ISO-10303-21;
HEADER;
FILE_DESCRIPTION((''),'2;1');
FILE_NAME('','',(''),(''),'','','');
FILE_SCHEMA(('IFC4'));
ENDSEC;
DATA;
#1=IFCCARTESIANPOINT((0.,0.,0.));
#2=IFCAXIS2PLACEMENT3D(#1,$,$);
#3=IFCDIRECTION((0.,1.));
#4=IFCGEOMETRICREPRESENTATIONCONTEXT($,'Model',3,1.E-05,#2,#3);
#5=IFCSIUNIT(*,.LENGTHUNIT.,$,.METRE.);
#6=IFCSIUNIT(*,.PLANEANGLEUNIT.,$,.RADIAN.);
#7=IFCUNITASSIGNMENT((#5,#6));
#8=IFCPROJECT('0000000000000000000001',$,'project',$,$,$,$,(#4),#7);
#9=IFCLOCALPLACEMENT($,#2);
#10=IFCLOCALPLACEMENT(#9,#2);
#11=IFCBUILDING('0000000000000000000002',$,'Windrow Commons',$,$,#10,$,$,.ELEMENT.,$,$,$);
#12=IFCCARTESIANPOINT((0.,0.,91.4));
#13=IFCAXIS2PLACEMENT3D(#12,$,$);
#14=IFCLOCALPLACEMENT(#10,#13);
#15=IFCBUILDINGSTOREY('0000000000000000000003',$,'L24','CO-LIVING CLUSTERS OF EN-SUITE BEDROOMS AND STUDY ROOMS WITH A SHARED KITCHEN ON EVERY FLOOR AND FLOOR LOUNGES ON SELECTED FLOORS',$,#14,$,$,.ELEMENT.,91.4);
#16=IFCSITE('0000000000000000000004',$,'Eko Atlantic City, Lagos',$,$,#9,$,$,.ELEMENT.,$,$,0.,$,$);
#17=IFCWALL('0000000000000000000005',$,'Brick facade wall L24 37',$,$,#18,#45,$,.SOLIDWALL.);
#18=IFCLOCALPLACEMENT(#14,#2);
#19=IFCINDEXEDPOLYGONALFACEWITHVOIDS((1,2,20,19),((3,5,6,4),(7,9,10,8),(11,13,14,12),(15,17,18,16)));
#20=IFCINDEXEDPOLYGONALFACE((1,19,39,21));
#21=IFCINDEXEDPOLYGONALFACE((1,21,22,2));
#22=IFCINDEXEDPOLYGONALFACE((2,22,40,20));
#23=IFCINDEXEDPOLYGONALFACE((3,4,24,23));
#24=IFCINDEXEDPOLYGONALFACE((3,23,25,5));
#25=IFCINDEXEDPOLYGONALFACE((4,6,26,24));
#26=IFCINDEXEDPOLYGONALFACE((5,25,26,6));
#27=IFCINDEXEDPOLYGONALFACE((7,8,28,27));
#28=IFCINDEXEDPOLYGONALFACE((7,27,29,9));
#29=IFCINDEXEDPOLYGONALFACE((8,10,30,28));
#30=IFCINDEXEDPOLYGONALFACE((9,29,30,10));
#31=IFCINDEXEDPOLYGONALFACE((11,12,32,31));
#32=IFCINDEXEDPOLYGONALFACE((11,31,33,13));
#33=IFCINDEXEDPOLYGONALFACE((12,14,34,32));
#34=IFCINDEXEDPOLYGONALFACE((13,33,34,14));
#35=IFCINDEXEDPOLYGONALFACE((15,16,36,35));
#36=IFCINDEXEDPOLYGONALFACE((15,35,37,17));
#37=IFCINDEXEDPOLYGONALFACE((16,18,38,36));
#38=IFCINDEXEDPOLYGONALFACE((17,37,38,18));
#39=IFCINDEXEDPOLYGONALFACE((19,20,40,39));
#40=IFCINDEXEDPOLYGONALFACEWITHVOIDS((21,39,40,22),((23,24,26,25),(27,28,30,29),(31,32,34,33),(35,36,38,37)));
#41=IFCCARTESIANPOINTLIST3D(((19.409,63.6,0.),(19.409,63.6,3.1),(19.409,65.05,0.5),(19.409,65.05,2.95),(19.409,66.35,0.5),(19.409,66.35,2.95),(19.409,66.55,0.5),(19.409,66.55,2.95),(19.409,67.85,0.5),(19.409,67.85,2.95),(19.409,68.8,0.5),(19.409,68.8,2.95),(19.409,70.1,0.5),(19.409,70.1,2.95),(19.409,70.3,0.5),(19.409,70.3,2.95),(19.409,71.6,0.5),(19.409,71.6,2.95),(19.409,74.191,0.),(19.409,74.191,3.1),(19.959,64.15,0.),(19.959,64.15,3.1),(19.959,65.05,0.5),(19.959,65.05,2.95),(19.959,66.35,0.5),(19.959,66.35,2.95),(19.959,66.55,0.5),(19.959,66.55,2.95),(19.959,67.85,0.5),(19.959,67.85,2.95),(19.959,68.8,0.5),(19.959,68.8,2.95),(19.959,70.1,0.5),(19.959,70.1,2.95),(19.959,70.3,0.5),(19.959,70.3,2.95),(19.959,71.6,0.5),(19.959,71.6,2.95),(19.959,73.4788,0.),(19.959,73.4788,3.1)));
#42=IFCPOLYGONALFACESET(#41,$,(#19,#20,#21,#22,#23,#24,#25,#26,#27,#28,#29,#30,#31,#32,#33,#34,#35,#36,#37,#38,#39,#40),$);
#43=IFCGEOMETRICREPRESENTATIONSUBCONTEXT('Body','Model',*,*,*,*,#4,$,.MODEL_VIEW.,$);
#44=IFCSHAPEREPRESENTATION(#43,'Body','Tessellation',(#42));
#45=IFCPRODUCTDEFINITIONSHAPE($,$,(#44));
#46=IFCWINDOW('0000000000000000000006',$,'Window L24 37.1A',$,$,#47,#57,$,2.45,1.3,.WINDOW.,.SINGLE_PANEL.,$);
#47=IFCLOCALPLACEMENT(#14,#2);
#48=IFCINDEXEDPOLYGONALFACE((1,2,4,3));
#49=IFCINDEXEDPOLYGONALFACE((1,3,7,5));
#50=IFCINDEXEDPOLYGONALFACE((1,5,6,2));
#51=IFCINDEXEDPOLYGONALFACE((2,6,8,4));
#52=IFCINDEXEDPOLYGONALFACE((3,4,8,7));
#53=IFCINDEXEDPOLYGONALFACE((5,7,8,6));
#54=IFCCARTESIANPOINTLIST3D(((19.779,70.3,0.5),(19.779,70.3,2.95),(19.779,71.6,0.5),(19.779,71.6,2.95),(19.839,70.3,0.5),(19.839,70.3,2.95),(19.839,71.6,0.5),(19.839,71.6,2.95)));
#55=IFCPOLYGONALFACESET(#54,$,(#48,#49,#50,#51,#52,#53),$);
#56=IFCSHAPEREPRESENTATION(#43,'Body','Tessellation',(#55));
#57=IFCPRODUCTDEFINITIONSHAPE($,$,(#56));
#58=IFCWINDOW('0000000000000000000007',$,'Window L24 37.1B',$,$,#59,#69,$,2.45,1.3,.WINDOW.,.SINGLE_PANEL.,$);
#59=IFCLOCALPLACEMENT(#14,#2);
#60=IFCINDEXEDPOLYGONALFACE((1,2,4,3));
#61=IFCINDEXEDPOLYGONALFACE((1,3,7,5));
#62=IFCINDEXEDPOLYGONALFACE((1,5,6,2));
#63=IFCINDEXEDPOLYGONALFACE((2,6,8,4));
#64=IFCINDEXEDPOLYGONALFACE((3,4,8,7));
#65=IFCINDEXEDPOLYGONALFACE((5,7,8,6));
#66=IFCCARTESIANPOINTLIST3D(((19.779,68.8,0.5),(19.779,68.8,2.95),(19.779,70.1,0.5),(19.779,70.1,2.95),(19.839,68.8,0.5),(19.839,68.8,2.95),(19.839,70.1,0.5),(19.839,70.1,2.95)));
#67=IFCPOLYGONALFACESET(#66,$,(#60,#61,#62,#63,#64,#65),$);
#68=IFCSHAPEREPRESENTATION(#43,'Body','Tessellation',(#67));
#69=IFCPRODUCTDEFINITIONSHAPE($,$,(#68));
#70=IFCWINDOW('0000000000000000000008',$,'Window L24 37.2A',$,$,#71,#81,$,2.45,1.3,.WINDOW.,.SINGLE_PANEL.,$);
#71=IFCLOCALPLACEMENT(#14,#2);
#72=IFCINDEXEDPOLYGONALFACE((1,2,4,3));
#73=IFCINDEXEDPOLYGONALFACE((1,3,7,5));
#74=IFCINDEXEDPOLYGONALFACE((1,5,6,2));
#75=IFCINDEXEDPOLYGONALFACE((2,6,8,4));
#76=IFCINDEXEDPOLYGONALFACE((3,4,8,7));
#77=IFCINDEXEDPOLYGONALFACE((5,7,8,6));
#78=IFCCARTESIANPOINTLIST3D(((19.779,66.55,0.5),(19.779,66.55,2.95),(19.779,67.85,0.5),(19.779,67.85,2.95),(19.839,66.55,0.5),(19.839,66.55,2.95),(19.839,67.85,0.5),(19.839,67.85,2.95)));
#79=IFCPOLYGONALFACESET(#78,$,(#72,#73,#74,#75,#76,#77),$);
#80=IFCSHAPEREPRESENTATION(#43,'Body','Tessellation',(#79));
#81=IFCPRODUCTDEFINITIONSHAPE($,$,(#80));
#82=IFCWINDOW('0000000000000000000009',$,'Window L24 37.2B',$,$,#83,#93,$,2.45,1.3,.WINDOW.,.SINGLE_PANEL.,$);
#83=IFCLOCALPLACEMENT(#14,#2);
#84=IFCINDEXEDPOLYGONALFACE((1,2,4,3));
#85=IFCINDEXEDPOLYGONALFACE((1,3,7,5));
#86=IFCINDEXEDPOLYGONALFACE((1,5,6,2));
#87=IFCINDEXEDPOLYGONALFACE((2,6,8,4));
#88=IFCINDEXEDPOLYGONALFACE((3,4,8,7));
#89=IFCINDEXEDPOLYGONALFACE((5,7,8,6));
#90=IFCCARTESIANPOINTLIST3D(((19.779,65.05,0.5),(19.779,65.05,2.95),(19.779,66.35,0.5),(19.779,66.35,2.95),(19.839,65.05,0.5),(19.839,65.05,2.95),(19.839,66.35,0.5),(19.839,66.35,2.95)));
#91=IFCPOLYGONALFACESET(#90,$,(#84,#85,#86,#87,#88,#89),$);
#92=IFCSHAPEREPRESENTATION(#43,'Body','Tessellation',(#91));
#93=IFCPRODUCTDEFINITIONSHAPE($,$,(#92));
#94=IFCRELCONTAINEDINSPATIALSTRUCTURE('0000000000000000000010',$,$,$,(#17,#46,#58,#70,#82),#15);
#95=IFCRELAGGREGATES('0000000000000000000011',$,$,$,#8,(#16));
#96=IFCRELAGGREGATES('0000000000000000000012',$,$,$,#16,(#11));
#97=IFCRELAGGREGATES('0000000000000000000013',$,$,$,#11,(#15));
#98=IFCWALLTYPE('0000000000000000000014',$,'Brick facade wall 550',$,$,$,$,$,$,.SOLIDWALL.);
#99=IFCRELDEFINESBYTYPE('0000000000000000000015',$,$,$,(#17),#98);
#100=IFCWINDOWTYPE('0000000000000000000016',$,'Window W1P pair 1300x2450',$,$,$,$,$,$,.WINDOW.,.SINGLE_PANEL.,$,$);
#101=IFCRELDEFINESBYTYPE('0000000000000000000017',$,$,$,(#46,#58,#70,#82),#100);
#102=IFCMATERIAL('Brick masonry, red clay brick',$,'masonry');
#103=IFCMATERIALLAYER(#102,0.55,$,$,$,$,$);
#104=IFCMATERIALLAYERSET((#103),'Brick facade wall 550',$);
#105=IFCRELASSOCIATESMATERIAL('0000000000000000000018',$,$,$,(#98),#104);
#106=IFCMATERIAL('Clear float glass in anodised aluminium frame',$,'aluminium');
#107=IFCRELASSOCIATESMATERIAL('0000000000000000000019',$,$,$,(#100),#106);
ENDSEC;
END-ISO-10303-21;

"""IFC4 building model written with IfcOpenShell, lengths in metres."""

from ifc_helpers import new_model, si_unit, direction, frame, frame_2d, origin, place, context, subcontext, project, spatial, polyline, rectangle, outline, extrude, material, layer, layer_set, type_object, element, fill, save


model = new_model("IFC4")

# Units and contexts
model_context = context("Model", 3, precision=1e-05, world=origin(), true_north=direction((0.0, 1.0)))
body_context = subcontext(model_context, "Body", "Model", "MODEL_VIEW")
ifc_project = project(units=[si_unit("LENGTHUNIT", "METRE"), si_unit("PLANEANGLEUNIT", "RADIAN")], contexts=[model_context])

# Site, building, storey
site_placement = place(None, origin())
site = spatial("IfcSite", under=ifc_project, at=site_placement, Name="Eko Atlantic City, Lagos", CompositionType="ELEMENT", RefElevation=0.0)
building_placement = place(site_placement, origin())
building = spatial("IfcBuilding", under=site, at=building_placement, Name="Windrow Commons", CompositionType="ELEMENT")
storey_placement = place(building_placement, frame((0.0, 0.0, 91.4)))
storey = spatial("IfcBuildingStorey", under=building, at=storey_placement, Name="L24", Description="CO-LIVING CLUSTERS OF EN-SUITE BEDROOMS AND STUDY ROOMS WITH A SHARED KITCHEN ON EVERY FLOOR AND FLOOR LOUNGES ON SELECTED FLOORS", CompositionType="ELEMENT", Elevation=91.4)

# Wall, openings, windows
ifc_material_1 = material(Name="Brick masonry, red clay brick", Category="masonry")
ifc_layer_1 = layer(ifc_material_1, 0.55)
ifc_layer_set_1 = layer_set([ifc_layer_1], Name="Brick facade wall 550")
wall_type_1 = type_object("IfcWallType", Name="Brick facade wall 550", PredefinedType="SOLIDWALL", material=ifc_layer_set_1)
wall_1_placement = place(storey_placement, frame((19.684, 73.8349, 0.0), z_axis=(0.0, 0.0, 1.0), x_axis=(0.0, -1.0, 0.0)))
wall_1 = element("IfcWall", 1, at=wall_1_placement, inside=storey, type_object=wall_type_1, Name="Brick facade wall L24 37", PredefinedType="SOLIDWALL", context=body_context, shape_type="SweptSolid", body=[
    extrude(outline(polyline([(-0.3561, -0.275), (10.2349, -0.275), (9.6849, 0.275), (0.3561, 0.275), (-0.3561, -0.275)])), origin(), (0.0, 0.0, 1.0), 3.1),
])
opening_1_placement = place(wall_1_placement, frame((2.2349, 0.0, 0.5)))
opening_1 = element("IfcOpeningElement", 2, at=opening_1_placement, cuts=wall_1, PredefinedType="OPENING", context=body_context, shape_type="SweptSolid", body=[
    extrude(rectangle(XDim=1.3, YDim=2.45, at=frame_2d((0.65, 1.225))), frame((0.0, 0.285, 0.0), z_axis=(0.0, -1.0, 0.0), x_axis=(1.0, 0.0, 0.0)), (0.0, 0.0, 1.0), 0.57),
])
opening_2_placement = place(wall_1_placement, frame((3.7349, 0.0, 0.5)))
opening_2 = element("IfcOpeningElement", 3, at=opening_2_placement, cuts=wall_1, PredefinedType="OPENING", context=body_context, shape_type="SweptSolid", body=[
    extrude(rectangle(XDim=1.3, YDim=2.45, at=frame_2d((0.65, 1.225))), frame((0.0, 0.285, 0.0), z_axis=(0.0, -1.0, 0.0), x_axis=(1.0, 0.0, 0.0)), (0.0, 0.0, 1.0), 0.57),
])
opening_3_placement = place(wall_1_placement, frame((5.9849, 0.0, 0.5)))
opening_3 = element("IfcOpeningElement", 4, at=opening_3_placement, cuts=wall_1, PredefinedType="OPENING", context=body_context, shape_type="SweptSolid", body=[
    extrude(rectangle(XDim=1.3, YDim=2.45, at=frame_2d((0.65, 1.225))), frame((0.0, 0.285, 0.0), z_axis=(0.0, -1.0, 0.0), x_axis=(1.0, 0.0, 0.0)), (0.0, 0.0, 1.0), 0.57),
])
opening_4_placement = place(wall_1_placement, frame((7.4849, 0.0, 0.5)))
opening_4 = element("IfcOpeningElement", 5, at=opening_4_placement, cuts=wall_1, PredefinedType="OPENING", context=body_context, shape_type="SweptSolid", body=[
    extrude(rectangle(XDim=1.3, YDim=2.45, at=frame_2d((0.65, 1.225))), frame((0.0, 0.285, 0.0), z_axis=(0.0, -1.0, 0.0), x_axis=(1.0, 0.0, 0.0)), (0.0, 0.0, 1.0), 0.57),
])
ifc_material_2 = material(Name="Clear float glass in anodised aluminium frame", Category="aluminium")
window_type_1 = type_object("IfcWindowType", Name="Window W1P pair 1300x2450", PartitioningType="SINGLE_PANEL", PredefinedType="WINDOW", material=ifc_material_2)
window_1_placement = place(opening_1_placement, origin())
window_1 = element("IfcWindow", 6, at=window_1_placement, inside=storey, type_object=window_type_1, Name="Window L24 37.1A", OverallHeight=2.45, OverallWidth=1.3, PartitioningType="SINGLE_PANEL", PredefinedType="WINDOW", context=body_context, shape_type="SweptSolid", body=[
    extrude(rectangle(XDim=1.3, YDim=2.45, at=frame_2d((0.65, 1.225))), frame((0.0, 0.155, 0.0), z_axis=(0.0, -1.0, 0.0), x_axis=(1.0, 0.0, 0.0)), (0.0, 0.0, 1.0), 0.06),
])
fill(opening_1, window_1)
window_2_placement = place(opening_2_placement, origin())
window_2 = element("IfcWindow", 7, at=window_2_placement, inside=storey, type_object=window_type_1, Name="Window L24 37.1B", OverallHeight=2.45, OverallWidth=1.3, PartitioningType="SINGLE_PANEL", PredefinedType="WINDOW", context=body_context, shape_type="SweptSolid", body=[
    extrude(rectangle(XDim=1.3, YDim=2.45, at=frame_2d((0.65, 1.225))), frame((0.0, 0.155, 0.0), z_axis=(0.0, -1.0, 0.0), x_axis=(1.0, 0.0, 0.0)), (0.0, 0.0, 1.0), 0.06),
])
fill(opening_2, window_2)
window_3_placement = place(opening_3_placement, origin())
window_3 = element("IfcWindow", 8, at=window_3_placement, inside=storey, type_object=window_type_1, Name="Window L24 37.2A", OverallHeight=2.45, OverallWidth=1.3, PartitioningType="SINGLE_PANEL", PredefinedType="WINDOW", context=body_context, shape_type="SweptSolid", body=[
    extrude(rectangle(XDim=1.3, YDim=2.45, at=frame_2d((0.65, 1.225))), frame((0.0, 0.155, 0.0), z_axis=(0.0, -1.0, 0.0), x_axis=(1.0, 0.0, 0.0)), (0.0, 0.0, 1.0), 0.06),
])
fill(opening_3, window_3)
window_4_placement = place(opening_4_placement, origin())
window_4 = element("IfcWindow", 9, at=window_4_placement, inside=storey, type_object=window_type_1, Name="Window L24 37.2B", OverallHeight=2.45, OverallWidth=1.3, PartitioningType="SINGLE_PANEL", PredefinedType="WINDOW", context=body_context, shape_type="SweptSolid", body=[
    extrude(rectangle(XDim=1.3, YDim=2.45, at=frame_2d((0.65, 1.225))), frame((0.0, 0.155, 0.0), z_axis=(0.0, -1.0, 0.0), x_axis=(1.0, 0.0, 0.0)), (0.0, 0.0, 1.0), 0.06),
])
fill(opening_4, window_4)

save(model, "model.ifc")
